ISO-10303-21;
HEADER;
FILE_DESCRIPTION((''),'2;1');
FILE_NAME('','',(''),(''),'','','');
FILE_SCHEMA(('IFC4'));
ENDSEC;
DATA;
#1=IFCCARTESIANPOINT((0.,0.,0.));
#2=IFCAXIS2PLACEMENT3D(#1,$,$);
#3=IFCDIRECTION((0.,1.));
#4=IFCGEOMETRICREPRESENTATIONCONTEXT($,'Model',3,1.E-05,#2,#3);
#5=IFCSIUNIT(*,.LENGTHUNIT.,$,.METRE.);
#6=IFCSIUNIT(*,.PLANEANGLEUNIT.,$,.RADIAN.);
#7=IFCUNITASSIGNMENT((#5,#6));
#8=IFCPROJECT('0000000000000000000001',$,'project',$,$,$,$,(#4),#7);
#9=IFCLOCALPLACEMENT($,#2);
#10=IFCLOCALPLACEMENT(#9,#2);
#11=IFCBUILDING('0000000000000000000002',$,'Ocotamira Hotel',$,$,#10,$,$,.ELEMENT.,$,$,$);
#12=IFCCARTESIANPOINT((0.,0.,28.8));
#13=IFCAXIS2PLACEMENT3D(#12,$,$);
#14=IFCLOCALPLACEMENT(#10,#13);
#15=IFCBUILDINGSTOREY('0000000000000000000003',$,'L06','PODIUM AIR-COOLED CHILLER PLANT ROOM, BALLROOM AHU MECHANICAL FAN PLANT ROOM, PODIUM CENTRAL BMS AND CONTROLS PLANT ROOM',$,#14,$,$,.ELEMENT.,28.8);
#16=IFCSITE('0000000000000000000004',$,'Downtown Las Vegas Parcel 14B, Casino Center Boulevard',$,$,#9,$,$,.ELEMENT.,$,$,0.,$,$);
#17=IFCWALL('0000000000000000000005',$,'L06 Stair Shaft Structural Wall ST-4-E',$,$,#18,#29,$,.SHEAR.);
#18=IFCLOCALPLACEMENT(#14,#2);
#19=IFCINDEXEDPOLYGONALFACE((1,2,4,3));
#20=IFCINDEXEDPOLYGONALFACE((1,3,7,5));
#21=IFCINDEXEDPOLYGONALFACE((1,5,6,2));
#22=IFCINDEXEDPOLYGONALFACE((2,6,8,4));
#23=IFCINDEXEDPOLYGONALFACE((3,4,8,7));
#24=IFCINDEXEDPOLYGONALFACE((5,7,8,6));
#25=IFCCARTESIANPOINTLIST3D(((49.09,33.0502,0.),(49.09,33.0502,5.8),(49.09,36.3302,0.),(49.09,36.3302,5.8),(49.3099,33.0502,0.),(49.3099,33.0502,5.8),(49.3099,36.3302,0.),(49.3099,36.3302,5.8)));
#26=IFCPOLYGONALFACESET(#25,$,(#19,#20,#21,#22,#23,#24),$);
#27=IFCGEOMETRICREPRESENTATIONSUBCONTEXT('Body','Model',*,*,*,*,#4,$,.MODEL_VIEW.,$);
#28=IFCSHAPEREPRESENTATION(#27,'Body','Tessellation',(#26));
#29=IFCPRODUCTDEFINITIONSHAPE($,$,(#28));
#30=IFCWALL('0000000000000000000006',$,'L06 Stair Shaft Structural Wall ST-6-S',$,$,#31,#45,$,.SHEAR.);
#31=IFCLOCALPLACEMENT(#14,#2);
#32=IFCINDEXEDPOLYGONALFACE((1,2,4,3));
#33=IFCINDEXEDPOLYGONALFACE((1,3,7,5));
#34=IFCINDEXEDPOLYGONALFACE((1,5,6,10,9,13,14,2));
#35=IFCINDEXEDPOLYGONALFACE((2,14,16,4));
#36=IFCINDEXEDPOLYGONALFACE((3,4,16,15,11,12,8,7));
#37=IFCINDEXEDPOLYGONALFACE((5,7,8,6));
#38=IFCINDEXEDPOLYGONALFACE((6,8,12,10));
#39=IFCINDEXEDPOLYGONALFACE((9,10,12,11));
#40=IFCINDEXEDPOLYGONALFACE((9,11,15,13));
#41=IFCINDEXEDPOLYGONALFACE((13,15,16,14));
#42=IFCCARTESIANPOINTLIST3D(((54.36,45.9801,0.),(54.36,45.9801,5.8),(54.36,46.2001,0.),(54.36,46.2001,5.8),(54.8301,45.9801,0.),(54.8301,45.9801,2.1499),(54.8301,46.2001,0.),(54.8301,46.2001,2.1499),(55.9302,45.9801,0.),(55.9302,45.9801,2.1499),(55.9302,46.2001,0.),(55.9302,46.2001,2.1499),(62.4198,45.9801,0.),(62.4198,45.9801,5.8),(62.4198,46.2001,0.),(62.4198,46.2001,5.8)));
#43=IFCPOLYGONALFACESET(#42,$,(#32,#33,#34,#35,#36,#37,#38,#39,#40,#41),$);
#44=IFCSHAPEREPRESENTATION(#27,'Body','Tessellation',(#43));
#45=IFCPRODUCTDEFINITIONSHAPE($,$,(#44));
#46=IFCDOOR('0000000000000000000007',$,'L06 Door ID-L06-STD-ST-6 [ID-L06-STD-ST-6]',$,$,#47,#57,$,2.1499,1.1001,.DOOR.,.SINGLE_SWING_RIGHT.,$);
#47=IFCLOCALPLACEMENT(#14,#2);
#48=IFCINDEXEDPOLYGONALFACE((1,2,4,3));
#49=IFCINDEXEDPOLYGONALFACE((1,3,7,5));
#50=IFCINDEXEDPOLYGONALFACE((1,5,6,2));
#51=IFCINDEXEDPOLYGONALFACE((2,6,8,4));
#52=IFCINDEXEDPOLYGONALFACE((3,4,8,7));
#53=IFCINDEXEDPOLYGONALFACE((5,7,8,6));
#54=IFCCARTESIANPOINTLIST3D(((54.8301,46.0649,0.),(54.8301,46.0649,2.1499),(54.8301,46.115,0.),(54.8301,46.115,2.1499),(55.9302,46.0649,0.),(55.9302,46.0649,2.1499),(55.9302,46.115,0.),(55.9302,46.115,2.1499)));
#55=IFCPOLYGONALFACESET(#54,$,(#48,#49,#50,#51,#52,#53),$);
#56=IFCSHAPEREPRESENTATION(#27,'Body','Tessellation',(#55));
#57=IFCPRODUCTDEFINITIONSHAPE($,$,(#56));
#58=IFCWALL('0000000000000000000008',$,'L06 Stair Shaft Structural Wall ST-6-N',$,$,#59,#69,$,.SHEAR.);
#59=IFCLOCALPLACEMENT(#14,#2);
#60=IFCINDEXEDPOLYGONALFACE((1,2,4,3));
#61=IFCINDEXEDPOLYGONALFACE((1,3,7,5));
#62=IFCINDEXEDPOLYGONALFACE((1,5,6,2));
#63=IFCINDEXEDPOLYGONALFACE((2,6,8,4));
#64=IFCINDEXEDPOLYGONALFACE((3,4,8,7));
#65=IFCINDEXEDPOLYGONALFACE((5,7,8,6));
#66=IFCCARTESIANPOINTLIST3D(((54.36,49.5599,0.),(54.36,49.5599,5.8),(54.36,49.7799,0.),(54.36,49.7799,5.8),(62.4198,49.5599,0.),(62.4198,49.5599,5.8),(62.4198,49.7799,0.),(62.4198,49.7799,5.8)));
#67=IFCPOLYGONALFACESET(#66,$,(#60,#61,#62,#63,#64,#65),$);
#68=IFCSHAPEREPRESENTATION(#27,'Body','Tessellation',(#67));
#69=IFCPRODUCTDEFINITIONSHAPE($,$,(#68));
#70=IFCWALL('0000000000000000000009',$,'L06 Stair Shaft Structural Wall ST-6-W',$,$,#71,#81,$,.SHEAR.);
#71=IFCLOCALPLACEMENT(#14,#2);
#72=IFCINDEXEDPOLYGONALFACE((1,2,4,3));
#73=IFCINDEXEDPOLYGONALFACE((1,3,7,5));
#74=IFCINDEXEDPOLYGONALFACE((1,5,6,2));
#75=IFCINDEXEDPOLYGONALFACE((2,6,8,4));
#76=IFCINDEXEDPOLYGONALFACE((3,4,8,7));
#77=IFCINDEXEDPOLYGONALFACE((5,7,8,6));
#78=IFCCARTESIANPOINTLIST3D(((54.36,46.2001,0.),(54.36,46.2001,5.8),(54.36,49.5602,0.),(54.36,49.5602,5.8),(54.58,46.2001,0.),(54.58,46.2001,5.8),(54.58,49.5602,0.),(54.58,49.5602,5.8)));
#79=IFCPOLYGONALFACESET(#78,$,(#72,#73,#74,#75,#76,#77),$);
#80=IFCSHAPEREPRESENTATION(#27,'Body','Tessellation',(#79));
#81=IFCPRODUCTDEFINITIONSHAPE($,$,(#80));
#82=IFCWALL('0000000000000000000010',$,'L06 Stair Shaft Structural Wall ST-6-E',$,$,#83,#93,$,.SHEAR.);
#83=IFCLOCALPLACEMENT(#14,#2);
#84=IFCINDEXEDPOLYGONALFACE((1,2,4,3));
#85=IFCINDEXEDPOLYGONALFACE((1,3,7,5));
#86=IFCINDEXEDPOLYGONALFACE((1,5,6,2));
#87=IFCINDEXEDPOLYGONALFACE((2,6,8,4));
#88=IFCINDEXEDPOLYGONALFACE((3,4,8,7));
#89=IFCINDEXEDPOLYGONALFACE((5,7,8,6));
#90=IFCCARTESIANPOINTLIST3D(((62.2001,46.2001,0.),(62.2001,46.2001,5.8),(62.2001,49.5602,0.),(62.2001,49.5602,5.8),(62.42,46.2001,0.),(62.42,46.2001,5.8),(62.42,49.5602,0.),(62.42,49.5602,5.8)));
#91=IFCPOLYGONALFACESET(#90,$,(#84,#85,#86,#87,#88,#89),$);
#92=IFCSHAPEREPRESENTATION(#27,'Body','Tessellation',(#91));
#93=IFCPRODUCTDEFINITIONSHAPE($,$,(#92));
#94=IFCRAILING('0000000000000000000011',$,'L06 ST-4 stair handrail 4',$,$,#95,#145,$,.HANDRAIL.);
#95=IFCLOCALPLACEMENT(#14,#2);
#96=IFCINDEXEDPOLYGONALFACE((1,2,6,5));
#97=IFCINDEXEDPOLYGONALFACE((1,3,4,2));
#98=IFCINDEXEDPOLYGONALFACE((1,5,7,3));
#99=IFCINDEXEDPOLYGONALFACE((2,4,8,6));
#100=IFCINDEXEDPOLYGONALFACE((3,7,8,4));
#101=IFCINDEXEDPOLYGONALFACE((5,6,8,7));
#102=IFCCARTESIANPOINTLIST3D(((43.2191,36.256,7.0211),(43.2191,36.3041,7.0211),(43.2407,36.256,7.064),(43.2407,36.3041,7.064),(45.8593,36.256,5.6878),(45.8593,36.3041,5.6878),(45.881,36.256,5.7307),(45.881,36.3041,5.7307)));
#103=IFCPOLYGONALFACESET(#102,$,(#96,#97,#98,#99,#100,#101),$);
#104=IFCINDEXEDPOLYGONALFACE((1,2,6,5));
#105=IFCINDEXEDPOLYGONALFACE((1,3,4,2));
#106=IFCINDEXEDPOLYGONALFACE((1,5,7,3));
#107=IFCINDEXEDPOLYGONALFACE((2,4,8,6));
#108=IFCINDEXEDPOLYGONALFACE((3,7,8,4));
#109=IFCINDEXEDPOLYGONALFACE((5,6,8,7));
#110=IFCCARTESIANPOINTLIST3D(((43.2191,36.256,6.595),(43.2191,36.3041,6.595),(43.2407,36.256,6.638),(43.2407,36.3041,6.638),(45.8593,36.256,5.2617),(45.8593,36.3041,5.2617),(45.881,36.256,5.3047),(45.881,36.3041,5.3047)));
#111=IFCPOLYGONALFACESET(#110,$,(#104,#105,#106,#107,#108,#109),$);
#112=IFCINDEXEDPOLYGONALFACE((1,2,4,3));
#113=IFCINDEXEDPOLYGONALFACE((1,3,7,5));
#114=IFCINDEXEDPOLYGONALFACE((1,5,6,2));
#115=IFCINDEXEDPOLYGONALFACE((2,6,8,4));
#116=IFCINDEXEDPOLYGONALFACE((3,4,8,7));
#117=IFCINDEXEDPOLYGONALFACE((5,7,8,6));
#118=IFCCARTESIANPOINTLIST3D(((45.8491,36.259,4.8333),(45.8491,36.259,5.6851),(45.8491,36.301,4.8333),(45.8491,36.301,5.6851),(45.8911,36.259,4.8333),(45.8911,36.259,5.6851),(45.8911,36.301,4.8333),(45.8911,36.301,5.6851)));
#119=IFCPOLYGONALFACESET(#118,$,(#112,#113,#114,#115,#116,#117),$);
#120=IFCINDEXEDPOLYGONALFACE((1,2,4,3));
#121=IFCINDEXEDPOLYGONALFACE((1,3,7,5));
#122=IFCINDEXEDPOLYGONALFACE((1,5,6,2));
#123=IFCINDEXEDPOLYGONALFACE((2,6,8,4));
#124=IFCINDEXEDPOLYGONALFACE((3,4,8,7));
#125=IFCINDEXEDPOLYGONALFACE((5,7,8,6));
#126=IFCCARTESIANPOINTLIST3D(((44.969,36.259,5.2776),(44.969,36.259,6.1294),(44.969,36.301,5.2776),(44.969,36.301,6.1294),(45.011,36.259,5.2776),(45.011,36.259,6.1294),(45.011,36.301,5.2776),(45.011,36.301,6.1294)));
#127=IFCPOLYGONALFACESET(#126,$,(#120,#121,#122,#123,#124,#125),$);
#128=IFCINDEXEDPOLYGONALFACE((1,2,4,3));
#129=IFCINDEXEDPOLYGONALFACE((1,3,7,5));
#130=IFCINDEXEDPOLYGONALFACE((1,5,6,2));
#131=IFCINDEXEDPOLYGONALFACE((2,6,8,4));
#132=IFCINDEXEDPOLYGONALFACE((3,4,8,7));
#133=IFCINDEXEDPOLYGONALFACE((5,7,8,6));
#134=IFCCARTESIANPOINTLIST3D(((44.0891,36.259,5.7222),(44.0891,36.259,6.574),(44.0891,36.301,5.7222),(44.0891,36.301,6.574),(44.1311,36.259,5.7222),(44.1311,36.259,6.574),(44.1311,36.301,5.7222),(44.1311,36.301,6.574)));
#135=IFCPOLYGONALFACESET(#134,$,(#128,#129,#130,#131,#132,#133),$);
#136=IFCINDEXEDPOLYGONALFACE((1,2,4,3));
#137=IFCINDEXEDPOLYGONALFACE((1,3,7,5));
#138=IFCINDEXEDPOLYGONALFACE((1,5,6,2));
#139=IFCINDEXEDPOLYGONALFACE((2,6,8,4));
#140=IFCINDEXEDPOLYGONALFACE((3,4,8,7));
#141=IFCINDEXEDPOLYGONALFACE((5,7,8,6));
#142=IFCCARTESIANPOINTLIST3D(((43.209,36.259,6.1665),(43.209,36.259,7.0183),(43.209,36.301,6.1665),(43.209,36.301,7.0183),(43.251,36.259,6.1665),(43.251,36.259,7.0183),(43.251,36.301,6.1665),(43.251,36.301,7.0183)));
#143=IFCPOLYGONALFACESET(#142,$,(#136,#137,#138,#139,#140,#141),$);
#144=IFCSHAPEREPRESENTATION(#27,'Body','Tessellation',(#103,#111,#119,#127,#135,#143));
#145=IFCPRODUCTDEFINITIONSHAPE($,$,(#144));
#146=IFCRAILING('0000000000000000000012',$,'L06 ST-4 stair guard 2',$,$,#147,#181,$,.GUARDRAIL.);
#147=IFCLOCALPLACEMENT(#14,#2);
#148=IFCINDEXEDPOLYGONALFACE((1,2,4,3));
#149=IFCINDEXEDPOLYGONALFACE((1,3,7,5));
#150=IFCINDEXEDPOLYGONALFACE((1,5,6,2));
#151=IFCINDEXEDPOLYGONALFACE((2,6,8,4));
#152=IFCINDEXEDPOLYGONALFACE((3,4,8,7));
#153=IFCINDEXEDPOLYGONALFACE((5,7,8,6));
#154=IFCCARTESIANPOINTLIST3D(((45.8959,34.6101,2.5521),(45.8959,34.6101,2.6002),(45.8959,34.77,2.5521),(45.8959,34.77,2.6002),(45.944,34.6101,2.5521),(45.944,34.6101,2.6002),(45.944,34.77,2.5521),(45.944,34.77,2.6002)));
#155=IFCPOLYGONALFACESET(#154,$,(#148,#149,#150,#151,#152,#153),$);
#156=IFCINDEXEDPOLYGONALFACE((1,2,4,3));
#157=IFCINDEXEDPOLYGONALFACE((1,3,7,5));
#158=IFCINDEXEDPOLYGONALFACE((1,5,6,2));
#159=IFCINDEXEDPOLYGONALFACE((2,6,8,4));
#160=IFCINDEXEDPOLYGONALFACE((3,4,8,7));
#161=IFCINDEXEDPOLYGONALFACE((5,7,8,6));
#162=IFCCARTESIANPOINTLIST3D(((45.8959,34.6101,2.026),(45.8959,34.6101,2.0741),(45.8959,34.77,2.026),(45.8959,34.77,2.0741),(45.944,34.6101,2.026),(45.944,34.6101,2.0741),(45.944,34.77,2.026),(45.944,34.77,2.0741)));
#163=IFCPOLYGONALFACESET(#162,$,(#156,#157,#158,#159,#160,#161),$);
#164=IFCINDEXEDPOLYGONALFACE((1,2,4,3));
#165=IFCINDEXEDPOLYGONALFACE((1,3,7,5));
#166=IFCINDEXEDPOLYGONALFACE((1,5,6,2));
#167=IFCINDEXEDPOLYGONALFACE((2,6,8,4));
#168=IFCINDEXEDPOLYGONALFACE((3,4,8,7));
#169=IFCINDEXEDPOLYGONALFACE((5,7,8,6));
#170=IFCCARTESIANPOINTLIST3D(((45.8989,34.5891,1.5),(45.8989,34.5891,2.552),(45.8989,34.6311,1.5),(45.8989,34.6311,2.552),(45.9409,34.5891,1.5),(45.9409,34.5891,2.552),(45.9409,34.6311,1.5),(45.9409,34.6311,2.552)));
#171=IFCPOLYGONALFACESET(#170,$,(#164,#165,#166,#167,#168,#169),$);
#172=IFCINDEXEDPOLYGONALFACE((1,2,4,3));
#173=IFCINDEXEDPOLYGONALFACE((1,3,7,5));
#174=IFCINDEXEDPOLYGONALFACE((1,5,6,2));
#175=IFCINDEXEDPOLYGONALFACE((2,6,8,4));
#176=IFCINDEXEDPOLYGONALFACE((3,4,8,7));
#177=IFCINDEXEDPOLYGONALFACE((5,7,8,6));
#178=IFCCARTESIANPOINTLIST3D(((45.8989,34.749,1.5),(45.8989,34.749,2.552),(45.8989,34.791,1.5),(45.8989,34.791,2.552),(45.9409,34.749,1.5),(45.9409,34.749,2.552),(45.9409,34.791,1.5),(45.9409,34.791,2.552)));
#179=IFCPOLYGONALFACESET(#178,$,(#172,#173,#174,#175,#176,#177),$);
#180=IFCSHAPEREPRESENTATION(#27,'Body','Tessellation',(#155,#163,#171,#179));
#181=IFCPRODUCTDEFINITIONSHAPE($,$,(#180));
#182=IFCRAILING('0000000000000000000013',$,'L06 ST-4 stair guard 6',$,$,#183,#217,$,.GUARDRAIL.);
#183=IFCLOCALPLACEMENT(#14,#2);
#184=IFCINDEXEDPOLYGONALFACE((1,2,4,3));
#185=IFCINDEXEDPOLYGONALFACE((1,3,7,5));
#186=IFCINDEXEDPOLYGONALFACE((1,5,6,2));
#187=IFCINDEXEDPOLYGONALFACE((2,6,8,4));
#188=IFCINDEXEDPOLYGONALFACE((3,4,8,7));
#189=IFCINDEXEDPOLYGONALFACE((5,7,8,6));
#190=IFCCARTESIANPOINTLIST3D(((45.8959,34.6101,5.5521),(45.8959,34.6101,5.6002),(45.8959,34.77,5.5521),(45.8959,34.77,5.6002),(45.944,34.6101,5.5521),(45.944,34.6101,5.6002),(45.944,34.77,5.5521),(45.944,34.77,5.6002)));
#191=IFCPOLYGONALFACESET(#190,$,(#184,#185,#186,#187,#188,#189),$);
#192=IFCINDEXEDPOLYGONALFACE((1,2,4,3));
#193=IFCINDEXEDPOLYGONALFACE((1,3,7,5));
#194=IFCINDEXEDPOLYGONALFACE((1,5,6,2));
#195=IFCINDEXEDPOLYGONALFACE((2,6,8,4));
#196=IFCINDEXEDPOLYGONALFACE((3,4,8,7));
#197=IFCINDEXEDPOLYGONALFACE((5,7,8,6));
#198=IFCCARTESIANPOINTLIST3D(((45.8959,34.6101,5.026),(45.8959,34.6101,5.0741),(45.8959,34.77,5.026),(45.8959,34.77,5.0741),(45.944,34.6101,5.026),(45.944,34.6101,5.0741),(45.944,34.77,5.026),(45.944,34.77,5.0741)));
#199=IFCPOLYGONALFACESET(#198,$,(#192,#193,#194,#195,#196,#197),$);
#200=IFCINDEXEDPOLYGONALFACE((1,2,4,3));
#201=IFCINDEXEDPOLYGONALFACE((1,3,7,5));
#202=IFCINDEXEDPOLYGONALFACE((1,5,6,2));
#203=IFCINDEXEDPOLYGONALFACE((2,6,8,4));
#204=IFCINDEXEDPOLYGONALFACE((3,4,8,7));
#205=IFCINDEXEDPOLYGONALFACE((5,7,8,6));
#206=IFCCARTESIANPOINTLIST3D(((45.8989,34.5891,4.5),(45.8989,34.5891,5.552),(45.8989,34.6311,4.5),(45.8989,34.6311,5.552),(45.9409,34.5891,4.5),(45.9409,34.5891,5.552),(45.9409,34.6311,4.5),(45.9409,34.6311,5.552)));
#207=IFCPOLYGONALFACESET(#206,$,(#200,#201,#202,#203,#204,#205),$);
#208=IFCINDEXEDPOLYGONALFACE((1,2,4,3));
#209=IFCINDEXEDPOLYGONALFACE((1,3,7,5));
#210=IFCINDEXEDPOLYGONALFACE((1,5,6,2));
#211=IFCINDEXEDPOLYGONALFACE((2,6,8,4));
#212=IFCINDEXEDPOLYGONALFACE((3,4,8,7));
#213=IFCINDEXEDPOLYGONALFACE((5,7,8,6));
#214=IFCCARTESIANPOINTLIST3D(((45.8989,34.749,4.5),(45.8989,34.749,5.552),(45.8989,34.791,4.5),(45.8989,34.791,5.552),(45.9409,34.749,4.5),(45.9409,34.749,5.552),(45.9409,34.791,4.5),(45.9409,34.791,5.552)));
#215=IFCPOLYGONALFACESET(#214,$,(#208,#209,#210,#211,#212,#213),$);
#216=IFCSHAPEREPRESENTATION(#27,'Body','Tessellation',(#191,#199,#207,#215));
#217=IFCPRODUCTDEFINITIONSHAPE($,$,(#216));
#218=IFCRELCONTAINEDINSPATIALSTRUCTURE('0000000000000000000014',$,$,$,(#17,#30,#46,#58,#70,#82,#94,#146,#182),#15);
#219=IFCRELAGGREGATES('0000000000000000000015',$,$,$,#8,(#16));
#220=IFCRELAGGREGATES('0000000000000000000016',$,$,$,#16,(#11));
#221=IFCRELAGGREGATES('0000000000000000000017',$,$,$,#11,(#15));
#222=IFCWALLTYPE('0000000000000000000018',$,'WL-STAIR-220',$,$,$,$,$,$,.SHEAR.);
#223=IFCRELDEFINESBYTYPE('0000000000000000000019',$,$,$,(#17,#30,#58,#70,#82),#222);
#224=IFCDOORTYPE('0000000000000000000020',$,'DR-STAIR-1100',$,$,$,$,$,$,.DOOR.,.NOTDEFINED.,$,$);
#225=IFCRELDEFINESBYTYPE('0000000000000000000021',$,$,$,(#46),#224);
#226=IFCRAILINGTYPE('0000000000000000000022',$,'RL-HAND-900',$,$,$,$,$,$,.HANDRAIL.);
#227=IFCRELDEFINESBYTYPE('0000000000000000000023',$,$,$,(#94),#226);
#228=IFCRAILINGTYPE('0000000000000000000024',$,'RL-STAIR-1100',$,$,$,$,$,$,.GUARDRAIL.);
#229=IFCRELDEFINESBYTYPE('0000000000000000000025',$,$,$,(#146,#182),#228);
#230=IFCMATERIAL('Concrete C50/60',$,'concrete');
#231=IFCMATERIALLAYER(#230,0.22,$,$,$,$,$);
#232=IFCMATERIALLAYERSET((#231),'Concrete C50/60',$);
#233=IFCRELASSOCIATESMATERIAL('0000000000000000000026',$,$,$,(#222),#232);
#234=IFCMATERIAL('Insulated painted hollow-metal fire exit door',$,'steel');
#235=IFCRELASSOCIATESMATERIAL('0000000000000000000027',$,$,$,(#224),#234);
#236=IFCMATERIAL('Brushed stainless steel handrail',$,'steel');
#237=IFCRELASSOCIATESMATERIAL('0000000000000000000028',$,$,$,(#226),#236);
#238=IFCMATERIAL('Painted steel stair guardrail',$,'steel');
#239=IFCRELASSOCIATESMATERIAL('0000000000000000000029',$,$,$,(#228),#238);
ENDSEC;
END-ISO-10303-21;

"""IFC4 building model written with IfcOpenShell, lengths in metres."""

from ifc_helpers import new_model, si_unit, direction, frame, frame_2d, origin, origin_2d, place, context, subcontext, project, spatial, rectangle, extrude, source, transform, mapped, material, layer, layer_set, type_object, element, fill, save


model = new_model("IFC4")

# Units and contexts
model_context = context("Model", 3, precision=1e-05, world=origin(), true_north=direction((0.0, 1.0)))
body_context = subcontext(model_context, "Body", "Model", "MODEL_VIEW")
ifc_project = project(units=[si_unit("LENGTHUNIT", "METRE"), si_unit("PLANEANGLEUNIT", "RADIAN")], contexts=[model_context])

# Site, building, storey
site_placement = place(None, origin())
site = spatial("IfcSite", under=ifc_project, at=site_placement, Name="Downtown Las Vegas Parcel 14B, Casino Center Boulevard", CompositionType="ELEMENT", RefElevation=0.0)
building_placement = place(site_placement, origin())
building = spatial("IfcBuilding", under=site, at=building_placement, Name="Ocotamira Hotel", CompositionType="ELEMENT")
storey_placement = place(building_placement, frame((0.0, 0.0, 28.8)))
storey = spatial("IfcBuildingStorey", under=building, at=storey_placement, Name="L06", Description="PODIUM AIR-COOLED CHILLER PLANT ROOM, BALLROOM AHU MECHANICAL FAN PLANT ROOM, PODIUM CENTRAL BMS AND CONTROLS PLANT ROOM", CompositionType="ELEMENT", Elevation=28.8)

# Shared definitions
ifc_material_1 = material(Name="Concrete C50/60", Category="concrete")

# Wall
ifc_layer_1 = layer(ifc_material_1, 0.22)
ifc_layer_set_1 = layer_set([ifc_layer_1], Name="Concrete C50/60")
wall_type_1 = type_object("IfcWallType", Name="WL-STAIR-220", PredefinedType="SHEAR", material=ifc_layer_set_1)
wall_1_placement = place(storey_placement, frame((49.2, 33.05, 0.0), z_axis=(0.0, 0.0, 1.0), x_axis=(0.0, 1.0, 0.0)))
element("IfcWall", 1, at=wall_1_placement, inside=storey, type_object=wall_type_1, Name="L06 Stair Shaft Structural Wall ST-4-E", PredefinedType="SHEAR", context=body_context, shape_type="SweptSolid", body=[
    extrude(rectangle(XDim=3.28, YDim=0.22, at=frame_2d((1.6401, 0.0))), origin(), (0.0, 0.0, 1.0), 5.8),
])

# Wall, opening, door
wall_2_placement = place(storey_placement, frame((54.3601, 46.0901, 0.0), z_axis=(0.0, 0.0, 1.0), x_axis=(1.0, 0.0, 0.0)))
wall_2 = element("IfcWall", 2, at=wall_2_placement, inside=storey, type_object=wall_type_1, Name="L06 Stair Shaft Structural Wall ST-6-S", PredefinedType="SHEAR", context=body_context, shape_type="SweptSolid", body=[
    extrude(rectangle(XDim=8.0598, YDim=0.22, at=frame_2d((4.0298, 0.0))), origin(), (0.0, 0.0, 1.0), 5.8),
])
opening_placement = place(wall_2_placement, frame((0.47, 0.0, 0.0)))
opening = element("IfcOpeningElement", 3, at=opening_placement, cuts=wall_2, PredefinedType="OPENING", context=body_context, shape_type="SweptSolid", body=[
    extrude(rectangle(XDim=1.1001, YDim=2.1499, at=frame_2d((0.55, 1.075))), frame((0.0, 0.1201, 0.0), z_axis=(0.0, -1.0, 0.0), x_axis=(1.0, 0.0, 0.0)), (0.0, 0.0, 1.0), 0.24),
])
ifc_material_2 = material(Name="Insulated painted hollow-metal fire exit door", Category="steel")
door_type = type_object("IfcDoorType", Name="DR-STAIR-1100", OperationType="NOTDEFINED", PredefinedType="DOOR", material=ifc_material_2)
shared_shape_1 = source(origin(), body_context, "Body", "SweptSolid", [
    extrude(rectangle(XDim=1.1001, YDim=2.1499, at=frame_2d((0.55, 1.075))), frame((0.0, 0.0249, 0.0), z_axis=(0.0, -1.0, 0.0), x_axis=(1.0, 0.0, 0.0)), (0.0, 0.0, 1.0), 0.05),
])
door_placement = place(opening_placement, origin())
door = element("IfcDoor", 4, at=door_placement, inside=storey, type_object=door_type, Name="L06 Door ID-L06-STD-ST-6 [ID-L06-STD-ST-6]", OperationType="SINGLE_SWING_RIGHT", OverallHeight=2.1499, OverallWidth=1.1001, PredefinedType="DOOR", context=body_context, shape_type="MappedRepresentation", body=[
    mapped(shared_shape_1, transform((0.0, 0.0, 0.0), scale=1.0)),
])
fill(opening, door)

# Walls
wall_3_placement = place(storey_placement, frame((54.3601, 49.6699, 0.0), z_axis=(0.0, 0.0, 1.0), x_axis=(1.0, 0.0, 0.0)))
element("IfcWall", 5, at=wall_3_placement, inside=storey, type_object=wall_type_1, Name="L06 Stair Shaft Structural Wall ST-6-N", PredefinedType="SHEAR", context=body_context, shape_type="SweptSolid", body=[
    extrude(rectangle(XDim=8.0598, YDim=0.22, at=frame_2d((4.0298, 0.0))), origin(), (0.0, 0.0, 1.0), 5.8),
])
for number, where, z_axis, x_axis, name in (
    (6, (54.47, 46.2, 0.0), (0.0, 0.0, 1.0), (0.0, 1.0, 0.0), "L06 Stair Shaft Structural Wall ST-6-W"),
    (7, (62.3101, 46.2, 0.0), (0.0, 0.0, 1.0), (0.0, 1.0, 0.0), "L06 Stair Shaft Structural Wall ST-6-E"),
):
    element("IfcWall", number, at=place(storey_placement, frame(where, z_axis=z_axis, x_axis=x_axis)), inside=storey, type_object=wall_type_1, Name=name, PredefinedType="SHEAR", context=body_context, shape_type="SweptSolid", body=[
        extrude(rectangle(XDim=3.3601, YDim=0.22, at=frame_2d((1.6802, 0.0))), origin(), (0.0, 0.0, 1.0), 5.8),
    ])

# Railings
ifc_material_3 = material(Name="Brushed stainless steel handrail", Category="steel")
railing_type_1 = type_object("IfcRailingType", Name="RL-HAND-900", PredefinedType="HANDRAIL", material=ifc_material_3)
railing_1_placement = place(storey_placement, frame((45.8701, 36.28, 4.8333)))
element("IfcRailing", 8, at=railing_1_placement, inside=storey, type_object=railing_type_1, Name="L06 ST-4 stair handrail 4", PredefinedType="HANDRAIL", context=body_context, shape_type="SweptSolid", body=[
    extrude(rectangle(XDim=0.0481, YDim=0.0481, at=origin_2d()), frame((0.0, 0.0, 0.876), z_axis=(-0.892637, 0.0, 0.450776), x_axis=(0.0, -1.0, 0.0)), (0.0, 0.0, 1.0), 2.9578),
    extrude(rectangle(XDim=0.0481, YDim=0.0481, at=origin_2d()), frame((0.0, 0.0, 0.45), z_axis=(-0.892637, 0.0, 0.450776), x_axis=(0.0, -1.0, 0.0)), (0.0, 0.0, 1.0), 2.9578),
    extrude(rectangle(XDim=0.042, YDim=0.042, at=origin_2d()), origin(), (0.0, 0.0, 1.0), 0.8518),
    extrude(rectangle(XDim=0.042, YDim=0.042, at=origin_2d()), frame((-0.8801, 0.0, 0.4443)), (0.0, 0.0, 1.0), 0.8518),
    extrude(rectangle(XDim=0.042, YDim=0.042, at=origin_2d()), frame((-1.76, 0.0, 0.8889)), (0.0, 0.0, 1.0), 0.8518),
    extrude(rectangle(XDim=0.042, YDim=0.042, at=origin_2d()), frame((-2.6401, 0.0, 1.3333)), (0.0, 0.0, 1.0), 0.8518),
])
ifc_material_4 = material(Name="Painted steel stair guardrail", Category="steel")
railing_type_2 = type_object("IfcRailingType", Name="RL-STAIR-1100", PredefinedType="GUARDRAIL", material=ifc_material_4)
for number, where, name in (
    (9, (45.9199, 34.6101, 1.5), "L06 ST-4 stair guard 2"),
    (10, (45.9199, 34.6101, 4.5), "L06 ST-4 stair guard 6"),
):
    element("IfcRailing", number, at=place(storey_placement, frame(where)), inside=storey, type_object=railing_type_2, Name=name, PredefinedType="GUARDRAIL", context=body_context, shape_type="SweptSolid", body=[
        extrude(rectangle(XDim=0.0481, YDim=0.0481, at=origin_2d()), frame((0.0, 0.0, 1.0762), z_axis=(0.0, 1.0, 0.0), x_axis=(-1.0, 0.0, 0.0)), (0.0, 0.0, 1.0), 0.1599),
        extrude(rectangle(XDim=0.0481, YDim=0.0481, at=origin_2d()), frame((0.0, 0.0, 0.55), z_axis=(0.0, 1.0, 0.0), x_axis=(-1.0, 0.0, 0.0)), (0.0, 0.0, 1.0), 0.1599),
        extrude(rectangle(XDim=0.042, YDim=0.042, at=origin_2d()), origin(), (0.0, 0.0, 1.0), 1.052),
        extrude(rectangle(XDim=0.042, YDim=0.042, at=origin_2d()), frame((0.0, 0.1599, 0.0)), (0.0, 0.0, 1.0), 1.052),
    ])

save(model, "model.ifc")
